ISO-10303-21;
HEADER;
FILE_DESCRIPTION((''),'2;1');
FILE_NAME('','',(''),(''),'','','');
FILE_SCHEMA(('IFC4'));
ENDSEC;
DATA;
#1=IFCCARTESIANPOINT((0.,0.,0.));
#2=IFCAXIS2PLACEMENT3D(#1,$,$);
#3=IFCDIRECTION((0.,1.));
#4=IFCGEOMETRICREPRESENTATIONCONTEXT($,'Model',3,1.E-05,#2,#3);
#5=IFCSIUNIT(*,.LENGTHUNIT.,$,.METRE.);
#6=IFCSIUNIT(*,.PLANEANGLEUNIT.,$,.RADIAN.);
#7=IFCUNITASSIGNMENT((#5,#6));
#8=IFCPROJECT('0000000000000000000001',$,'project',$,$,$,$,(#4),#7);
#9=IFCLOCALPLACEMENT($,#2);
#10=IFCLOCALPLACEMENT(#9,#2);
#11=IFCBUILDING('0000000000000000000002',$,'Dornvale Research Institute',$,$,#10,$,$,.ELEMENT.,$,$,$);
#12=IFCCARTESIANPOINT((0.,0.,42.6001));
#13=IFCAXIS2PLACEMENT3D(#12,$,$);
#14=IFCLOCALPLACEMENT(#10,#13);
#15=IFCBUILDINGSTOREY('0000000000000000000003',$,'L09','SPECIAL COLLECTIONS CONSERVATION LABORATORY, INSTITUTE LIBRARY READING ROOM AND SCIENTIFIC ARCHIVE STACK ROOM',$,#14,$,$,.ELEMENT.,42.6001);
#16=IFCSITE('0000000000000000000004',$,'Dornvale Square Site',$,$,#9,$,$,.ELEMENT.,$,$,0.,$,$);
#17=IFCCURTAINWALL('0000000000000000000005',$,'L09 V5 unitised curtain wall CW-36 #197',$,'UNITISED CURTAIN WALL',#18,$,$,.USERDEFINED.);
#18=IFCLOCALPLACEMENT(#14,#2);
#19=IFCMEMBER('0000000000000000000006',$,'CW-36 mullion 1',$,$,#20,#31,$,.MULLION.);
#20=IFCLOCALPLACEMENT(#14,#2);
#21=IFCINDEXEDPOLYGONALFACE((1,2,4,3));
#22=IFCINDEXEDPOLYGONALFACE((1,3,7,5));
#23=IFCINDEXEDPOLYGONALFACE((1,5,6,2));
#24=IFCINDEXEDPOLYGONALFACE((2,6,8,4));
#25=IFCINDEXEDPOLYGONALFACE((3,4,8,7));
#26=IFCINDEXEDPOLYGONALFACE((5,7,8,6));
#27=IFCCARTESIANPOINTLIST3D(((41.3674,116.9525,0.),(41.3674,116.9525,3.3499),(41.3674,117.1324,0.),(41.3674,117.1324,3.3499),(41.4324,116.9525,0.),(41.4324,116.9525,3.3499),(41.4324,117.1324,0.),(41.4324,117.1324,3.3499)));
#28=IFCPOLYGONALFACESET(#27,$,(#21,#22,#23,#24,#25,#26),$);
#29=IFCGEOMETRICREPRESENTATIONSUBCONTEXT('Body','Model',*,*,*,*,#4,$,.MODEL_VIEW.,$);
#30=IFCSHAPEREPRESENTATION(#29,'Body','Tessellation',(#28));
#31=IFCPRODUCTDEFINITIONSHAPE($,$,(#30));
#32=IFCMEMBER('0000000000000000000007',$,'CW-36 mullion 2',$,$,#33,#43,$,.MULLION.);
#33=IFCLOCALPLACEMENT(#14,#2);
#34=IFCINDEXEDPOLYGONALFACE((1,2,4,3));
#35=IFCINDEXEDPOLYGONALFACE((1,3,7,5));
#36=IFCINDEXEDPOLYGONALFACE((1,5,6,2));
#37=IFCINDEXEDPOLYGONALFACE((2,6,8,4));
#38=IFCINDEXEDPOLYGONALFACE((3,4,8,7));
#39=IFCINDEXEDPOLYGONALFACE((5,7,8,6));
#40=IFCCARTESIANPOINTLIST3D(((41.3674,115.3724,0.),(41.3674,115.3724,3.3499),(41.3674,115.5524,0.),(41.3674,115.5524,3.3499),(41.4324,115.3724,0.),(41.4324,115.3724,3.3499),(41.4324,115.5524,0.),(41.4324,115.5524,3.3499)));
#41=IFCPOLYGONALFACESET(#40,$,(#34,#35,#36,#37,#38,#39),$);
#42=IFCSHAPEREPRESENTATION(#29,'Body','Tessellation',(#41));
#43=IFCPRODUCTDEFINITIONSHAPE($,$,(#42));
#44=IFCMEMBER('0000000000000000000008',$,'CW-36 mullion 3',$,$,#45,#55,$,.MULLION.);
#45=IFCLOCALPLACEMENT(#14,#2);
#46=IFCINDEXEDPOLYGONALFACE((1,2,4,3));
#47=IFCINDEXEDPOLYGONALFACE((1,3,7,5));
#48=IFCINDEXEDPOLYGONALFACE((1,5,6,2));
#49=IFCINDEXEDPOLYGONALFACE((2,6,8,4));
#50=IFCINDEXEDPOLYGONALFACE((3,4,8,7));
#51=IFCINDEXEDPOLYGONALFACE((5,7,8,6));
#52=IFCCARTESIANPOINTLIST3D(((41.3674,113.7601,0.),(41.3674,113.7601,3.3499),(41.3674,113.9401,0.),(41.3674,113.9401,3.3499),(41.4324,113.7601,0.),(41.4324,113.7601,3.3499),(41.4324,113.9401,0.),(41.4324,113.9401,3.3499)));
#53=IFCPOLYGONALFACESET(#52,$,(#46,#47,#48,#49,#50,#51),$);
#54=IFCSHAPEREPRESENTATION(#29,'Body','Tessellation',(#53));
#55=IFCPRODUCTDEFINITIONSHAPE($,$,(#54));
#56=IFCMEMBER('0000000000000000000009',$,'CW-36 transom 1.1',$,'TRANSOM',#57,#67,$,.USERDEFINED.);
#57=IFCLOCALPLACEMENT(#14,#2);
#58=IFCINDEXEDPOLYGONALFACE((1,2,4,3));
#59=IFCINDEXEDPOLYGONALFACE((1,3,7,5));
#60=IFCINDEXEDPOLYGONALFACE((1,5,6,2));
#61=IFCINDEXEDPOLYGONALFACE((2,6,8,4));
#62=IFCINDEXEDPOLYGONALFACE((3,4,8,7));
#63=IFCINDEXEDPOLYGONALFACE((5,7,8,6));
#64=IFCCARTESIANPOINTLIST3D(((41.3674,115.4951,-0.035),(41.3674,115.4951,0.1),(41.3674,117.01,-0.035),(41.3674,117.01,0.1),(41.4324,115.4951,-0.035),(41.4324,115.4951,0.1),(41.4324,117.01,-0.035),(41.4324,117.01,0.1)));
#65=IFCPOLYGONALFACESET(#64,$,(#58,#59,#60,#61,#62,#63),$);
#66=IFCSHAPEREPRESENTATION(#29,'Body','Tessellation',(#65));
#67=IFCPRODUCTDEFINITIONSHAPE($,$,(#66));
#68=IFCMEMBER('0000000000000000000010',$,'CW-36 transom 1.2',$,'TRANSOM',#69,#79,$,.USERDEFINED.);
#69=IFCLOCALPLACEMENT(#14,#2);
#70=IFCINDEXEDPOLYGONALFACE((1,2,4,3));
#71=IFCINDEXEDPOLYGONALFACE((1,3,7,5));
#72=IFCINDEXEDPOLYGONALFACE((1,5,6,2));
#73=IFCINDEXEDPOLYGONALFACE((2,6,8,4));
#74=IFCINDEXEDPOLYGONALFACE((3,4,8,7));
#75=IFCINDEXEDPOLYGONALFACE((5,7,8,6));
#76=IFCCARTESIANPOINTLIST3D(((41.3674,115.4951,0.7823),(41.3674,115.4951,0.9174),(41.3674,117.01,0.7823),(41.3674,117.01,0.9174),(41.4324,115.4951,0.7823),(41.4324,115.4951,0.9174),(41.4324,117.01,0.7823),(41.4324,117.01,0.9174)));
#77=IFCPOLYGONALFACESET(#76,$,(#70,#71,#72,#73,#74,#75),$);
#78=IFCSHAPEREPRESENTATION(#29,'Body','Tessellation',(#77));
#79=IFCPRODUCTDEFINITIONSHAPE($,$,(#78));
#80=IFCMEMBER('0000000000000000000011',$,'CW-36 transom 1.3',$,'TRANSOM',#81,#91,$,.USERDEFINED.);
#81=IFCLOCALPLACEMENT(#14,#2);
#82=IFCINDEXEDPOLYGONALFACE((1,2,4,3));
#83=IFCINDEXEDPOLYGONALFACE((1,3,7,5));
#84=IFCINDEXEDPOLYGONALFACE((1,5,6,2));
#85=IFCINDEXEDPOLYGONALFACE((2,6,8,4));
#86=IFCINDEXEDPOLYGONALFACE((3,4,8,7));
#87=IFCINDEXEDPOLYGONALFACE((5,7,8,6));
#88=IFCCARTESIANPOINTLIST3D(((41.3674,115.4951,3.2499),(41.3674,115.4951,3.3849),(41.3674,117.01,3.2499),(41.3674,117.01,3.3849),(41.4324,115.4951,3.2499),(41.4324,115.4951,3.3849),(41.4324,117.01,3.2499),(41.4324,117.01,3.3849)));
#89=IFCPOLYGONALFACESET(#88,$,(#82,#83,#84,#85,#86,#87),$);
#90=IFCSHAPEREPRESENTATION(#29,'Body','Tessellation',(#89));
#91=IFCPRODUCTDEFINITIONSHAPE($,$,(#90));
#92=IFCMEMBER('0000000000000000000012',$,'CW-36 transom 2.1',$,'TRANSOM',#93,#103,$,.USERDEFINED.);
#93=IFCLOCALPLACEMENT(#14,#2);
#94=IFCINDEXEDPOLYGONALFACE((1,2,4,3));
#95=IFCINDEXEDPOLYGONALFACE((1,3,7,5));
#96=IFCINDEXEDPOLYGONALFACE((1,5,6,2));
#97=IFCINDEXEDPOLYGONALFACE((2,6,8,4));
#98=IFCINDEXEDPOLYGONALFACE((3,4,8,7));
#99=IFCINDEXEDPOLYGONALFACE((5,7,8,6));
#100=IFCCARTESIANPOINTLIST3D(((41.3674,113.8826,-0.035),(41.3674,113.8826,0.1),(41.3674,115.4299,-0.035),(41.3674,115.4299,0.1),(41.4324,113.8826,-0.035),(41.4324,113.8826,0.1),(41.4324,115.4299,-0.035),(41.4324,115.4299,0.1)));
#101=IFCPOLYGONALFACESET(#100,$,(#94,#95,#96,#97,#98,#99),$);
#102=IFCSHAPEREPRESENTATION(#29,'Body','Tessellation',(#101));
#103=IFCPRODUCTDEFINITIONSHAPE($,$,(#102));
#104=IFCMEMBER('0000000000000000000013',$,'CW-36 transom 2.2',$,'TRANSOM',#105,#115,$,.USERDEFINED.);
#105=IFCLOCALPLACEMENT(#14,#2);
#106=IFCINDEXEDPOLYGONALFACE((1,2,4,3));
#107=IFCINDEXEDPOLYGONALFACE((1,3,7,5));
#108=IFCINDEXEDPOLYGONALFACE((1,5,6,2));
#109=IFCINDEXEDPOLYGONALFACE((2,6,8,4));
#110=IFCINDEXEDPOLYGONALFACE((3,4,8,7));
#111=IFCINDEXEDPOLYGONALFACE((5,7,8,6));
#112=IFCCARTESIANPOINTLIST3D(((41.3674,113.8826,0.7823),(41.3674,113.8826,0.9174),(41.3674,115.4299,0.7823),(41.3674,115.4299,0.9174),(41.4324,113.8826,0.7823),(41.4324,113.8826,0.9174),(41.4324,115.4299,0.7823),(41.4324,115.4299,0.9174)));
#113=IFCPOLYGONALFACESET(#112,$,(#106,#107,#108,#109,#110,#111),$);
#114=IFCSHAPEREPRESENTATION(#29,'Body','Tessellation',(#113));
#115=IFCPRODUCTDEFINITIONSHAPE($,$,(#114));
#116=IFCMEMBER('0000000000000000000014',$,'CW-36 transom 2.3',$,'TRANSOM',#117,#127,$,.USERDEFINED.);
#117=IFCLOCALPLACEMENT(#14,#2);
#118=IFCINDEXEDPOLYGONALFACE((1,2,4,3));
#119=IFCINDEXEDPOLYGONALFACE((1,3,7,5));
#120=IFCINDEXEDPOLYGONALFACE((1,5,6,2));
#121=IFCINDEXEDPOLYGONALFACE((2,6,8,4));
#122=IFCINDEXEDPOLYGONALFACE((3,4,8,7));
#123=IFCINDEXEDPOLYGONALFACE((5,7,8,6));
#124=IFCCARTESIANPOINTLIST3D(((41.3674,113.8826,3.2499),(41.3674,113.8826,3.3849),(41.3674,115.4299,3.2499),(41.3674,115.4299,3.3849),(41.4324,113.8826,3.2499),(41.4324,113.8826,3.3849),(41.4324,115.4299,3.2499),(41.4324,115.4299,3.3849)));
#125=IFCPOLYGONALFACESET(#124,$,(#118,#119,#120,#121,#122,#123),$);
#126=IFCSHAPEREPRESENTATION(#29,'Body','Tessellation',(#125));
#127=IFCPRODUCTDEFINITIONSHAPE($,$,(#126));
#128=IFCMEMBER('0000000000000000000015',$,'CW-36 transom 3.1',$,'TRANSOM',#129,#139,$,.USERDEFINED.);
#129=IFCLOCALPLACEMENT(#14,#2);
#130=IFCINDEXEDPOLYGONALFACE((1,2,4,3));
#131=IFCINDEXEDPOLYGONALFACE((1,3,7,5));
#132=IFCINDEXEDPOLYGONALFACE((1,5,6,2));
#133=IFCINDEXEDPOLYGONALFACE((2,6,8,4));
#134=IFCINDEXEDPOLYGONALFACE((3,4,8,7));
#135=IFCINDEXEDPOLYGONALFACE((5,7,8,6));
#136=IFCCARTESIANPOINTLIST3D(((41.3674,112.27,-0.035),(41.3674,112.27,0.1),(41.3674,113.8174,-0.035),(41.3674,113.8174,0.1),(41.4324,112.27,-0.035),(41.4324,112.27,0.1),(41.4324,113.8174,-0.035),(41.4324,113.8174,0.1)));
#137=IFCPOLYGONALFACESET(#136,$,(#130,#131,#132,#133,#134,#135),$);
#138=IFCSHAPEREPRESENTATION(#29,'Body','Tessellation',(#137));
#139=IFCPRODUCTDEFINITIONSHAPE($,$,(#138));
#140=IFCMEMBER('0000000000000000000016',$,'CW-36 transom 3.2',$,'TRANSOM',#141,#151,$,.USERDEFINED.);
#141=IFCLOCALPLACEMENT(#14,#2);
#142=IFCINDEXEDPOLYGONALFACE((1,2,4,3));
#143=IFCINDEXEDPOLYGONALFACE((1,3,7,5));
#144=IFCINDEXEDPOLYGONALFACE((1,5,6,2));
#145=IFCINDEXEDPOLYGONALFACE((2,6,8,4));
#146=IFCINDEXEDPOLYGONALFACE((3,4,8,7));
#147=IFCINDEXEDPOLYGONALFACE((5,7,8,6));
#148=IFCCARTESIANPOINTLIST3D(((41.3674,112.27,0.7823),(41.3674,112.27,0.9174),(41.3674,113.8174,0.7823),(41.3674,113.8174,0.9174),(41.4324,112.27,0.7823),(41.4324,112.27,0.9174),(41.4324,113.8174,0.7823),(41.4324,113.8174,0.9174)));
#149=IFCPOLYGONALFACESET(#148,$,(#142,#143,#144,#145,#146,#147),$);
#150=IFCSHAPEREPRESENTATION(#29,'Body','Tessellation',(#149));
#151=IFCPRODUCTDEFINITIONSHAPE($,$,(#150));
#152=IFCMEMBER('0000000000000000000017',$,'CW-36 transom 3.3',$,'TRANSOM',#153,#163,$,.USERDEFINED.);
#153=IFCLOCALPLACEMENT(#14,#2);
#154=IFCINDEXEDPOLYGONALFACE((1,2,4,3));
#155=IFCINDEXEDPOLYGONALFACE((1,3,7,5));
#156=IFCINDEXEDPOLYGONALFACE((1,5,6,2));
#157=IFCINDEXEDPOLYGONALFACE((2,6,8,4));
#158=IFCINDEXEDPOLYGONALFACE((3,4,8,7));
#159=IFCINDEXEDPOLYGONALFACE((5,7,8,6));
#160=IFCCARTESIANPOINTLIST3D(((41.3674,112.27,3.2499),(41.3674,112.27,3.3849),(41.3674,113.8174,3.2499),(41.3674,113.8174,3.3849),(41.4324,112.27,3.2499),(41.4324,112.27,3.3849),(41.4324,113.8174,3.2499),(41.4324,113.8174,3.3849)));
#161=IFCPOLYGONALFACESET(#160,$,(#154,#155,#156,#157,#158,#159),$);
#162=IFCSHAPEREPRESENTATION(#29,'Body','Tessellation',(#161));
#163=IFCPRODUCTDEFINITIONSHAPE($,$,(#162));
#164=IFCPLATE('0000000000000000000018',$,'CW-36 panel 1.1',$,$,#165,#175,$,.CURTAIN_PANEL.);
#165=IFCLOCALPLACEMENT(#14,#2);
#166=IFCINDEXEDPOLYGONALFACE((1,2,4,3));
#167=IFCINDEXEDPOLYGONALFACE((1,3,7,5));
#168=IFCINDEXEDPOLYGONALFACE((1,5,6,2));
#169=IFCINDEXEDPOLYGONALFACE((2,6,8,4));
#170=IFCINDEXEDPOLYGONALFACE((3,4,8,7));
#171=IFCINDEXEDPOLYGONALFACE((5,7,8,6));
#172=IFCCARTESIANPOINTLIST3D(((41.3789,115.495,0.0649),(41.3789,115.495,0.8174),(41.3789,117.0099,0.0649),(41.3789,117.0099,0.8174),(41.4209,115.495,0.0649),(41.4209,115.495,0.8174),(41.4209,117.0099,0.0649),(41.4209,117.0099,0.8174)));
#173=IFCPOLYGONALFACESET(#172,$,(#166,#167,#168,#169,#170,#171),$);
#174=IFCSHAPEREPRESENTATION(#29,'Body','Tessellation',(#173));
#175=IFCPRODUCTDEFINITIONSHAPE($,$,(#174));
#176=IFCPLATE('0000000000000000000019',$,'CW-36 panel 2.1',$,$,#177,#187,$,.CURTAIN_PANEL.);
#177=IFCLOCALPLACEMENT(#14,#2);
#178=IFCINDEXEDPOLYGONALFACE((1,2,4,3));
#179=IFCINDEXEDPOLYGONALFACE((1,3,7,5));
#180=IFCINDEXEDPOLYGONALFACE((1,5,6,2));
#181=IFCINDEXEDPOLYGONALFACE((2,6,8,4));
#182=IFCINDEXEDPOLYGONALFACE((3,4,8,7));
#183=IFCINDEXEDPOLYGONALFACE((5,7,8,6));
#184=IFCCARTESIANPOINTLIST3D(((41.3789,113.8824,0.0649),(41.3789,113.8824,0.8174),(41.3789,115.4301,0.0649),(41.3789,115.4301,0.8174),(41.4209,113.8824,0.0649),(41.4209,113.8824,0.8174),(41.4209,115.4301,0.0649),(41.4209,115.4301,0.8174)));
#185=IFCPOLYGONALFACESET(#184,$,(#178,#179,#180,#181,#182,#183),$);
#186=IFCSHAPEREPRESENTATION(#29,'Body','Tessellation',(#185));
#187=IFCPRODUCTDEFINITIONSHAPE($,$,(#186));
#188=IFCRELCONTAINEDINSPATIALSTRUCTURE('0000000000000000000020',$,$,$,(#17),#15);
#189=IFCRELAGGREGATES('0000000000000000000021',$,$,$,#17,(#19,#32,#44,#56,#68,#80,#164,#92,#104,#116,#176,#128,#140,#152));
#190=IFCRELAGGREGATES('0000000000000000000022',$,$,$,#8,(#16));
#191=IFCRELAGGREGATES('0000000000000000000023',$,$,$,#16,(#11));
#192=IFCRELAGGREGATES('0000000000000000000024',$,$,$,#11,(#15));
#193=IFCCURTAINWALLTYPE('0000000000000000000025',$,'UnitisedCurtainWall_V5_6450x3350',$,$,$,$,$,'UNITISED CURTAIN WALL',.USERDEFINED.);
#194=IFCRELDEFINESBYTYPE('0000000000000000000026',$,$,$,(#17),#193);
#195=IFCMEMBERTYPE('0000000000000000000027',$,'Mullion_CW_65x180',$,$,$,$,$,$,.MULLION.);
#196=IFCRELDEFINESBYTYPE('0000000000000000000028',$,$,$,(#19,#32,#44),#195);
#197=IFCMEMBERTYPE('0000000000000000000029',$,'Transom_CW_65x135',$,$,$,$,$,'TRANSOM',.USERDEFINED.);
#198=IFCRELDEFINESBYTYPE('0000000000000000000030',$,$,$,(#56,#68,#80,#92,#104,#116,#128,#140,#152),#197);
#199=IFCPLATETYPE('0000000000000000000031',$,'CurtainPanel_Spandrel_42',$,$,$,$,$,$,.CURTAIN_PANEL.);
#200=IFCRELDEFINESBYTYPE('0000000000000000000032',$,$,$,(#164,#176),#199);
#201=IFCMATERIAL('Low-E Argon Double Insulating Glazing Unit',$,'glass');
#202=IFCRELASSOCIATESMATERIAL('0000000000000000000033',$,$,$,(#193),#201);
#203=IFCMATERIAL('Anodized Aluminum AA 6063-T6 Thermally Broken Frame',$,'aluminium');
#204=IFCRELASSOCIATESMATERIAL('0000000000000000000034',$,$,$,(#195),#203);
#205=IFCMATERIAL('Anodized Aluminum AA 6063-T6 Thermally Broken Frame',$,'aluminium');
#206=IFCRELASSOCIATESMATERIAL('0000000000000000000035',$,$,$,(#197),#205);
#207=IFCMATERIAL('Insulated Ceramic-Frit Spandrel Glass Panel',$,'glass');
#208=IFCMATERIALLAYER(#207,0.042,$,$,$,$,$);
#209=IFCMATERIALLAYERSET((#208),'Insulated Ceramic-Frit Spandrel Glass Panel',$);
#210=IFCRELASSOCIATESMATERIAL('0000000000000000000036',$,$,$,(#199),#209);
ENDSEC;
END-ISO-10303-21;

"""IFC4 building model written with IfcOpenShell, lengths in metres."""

from ifc_helpers import new_model, si_unit, direction, frame, origin, origin_2d, place, context, subcontext, project, spatial, rectangle, extrude, material, layer, layer_set, material_profile, profile_set, type_object, element, aggregate, save


model = new_model("IFC4")

# Units and contexts
model_context = context("Model", 3, precision=1e-05, world=origin(), true_north=direction((0.0, 1.0)))
body_context = subcontext(model_context, "Body", "Model", "MODEL_VIEW")
ifc_project = project(units=[si_unit("LENGTHUNIT", "METRE"), si_unit("PLANEANGLEUNIT", "RADIAN")], contexts=[model_context])

# Site, building, storey
site_placement = place(None, origin())
site = spatial("IfcSite", under=ifc_project, at=site_placement, Name="Dornvale Square Site", CompositionType="ELEMENT", RefElevation=0.0)
building_placement = place(site_placement, origin())
building = spatial("IfcBuilding", under=site, at=building_placement, Name="Dornvale Research Institute", CompositionType="ELEMENT")
storey_placement = place(building_placement, frame((0.0, 0.0, 42.6001)))
storey = spatial("IfcBuildingStorey", under=building, at=storey_placement, Name="L09", Description="SPECIAL COLLECTIONS CONSERVATION LABORATORY, INSTITUTE LIBRARY READING ROOM AND SCIENTIFIC ARCHIVE STACK ROOM", CompositionType="ELEMENT", Elevation=42.6001)

# Curtain wall, members, plates
ifc_material_1 = material(Name="Low-E Argon Double Insulating Glazing Unit", Category="glass")
curtain_wall_type = type_object("IfcCurtainWallType", Name="UnitisedCurtainWall_V5_6450x3350", ElementType="UNITISED CURTAIN WALL", PredefinedType="USERDEFINED", material=ifc_material_1)
curtain_wall_placement = place(storey_placement, origin())
curtain_wall = element("IfcCurtainWall", 1, at=curtain_wall_placement, inside=storey, type_object=curtain_wall_type, Name="L09 V5 unitised curtain wall CW-36 #197", ObjectType="UNITISED CURTAIN WALL", PredefinedType="USERDEFINED")
ifc_material_2 = material(Name="Anodized Aluminum AA 6063-T6 Thermally Broken Frame", Category="aluminium")
ifc_material_profile_1 = material_profile(ifc_material_2, rectangle(XDim=0.0649, YDim=0.1799, at=origin_2d()), Name="ALU MULLION 65x180")
ifc_profile_set_1 = profile_set([ifc_material_profile_1], Name="Anodized Aluminum AA 6063-T6 Thermally Broken Frame")
member_type_1 = type_object("IfcMemberType", Name="Mullion_CW_65x180", PredefinedType="MULLION", material=ifc_profile_set_1)
member_1_placement = place(storey_placement, frame((41.3999, 117.0425, 0.0), z_axis=(0.0, 0.0, 1.0), x_axis=(1.0, 0.0, 0.0)))
member_1 = element("IfcMember", 2, at=member_1_placement, type_object=member_type_1, Name="CW-36 mullion 1", PredefinedType="MULLION", context=body_context, shape_type="SweptSolid", body=[
    extrude(rectangle(XDim=0.0649, YDim=0.1799, at=origin_2d()), origin(), (0.0, 0.0, 1.0), 3.3499),
])
member_2_placement = place(storey_placement, frame((41.3999, 115.4624, 0.0), z_axis=(0.0, 0.0, 1.0), x_axis=(1.0, 0.0, 0.0)))
member_2 = element("IfcMember", 3, at=member_2_placement, type_object=member_type_1, Name="CW-36 mullion 2", PredefinedType="MULLION", context=body_context, shape_type="SweptSolid", body=[
    extrude(rectangle(XDim=0.0649, YDim=0.1799, at=origin_2d()), origin(), (0.0, 0.0, 1.0), 3.3499),
])
member_3_placement = place(storey_placement, frame((41.3999, 113.8501, 0.0), z_axis=(0.0, 0.0, 1.0), x_axis=(1.0, 0.0, 0.0)))
member_3 = element("IfcMember", 4, at=member_3_placement, type_object=member_type_1, Name="CW-36 mullion 3", PredefinedType="MULLION", context=body_context, shape_type="SweptSolid", body=[
    extrude(rectangle(XDim=0.0649, YDim=0.1799, at=origin_2d()), origin(), (0.0, 0.0, 1.0), 3.3499),
])
ifc_material_3 = material(Name="Anodized Aluminum AA 6063-T6 Thermally Broken Frame", Category="aluminium")
ifc_material_profile_2 = material_profile(ifc_material_3, rectangle(XDim=0.0649, YDim=0.135, at=origin_2d()), Name="ALU TRANSOM 65x135")
ifc_profile_set_2 = profile_set([ifc_material_profile_2], Name="Anodized Aluminum AA 6063-T6 Thermally Broken Frame")
member_type_2 = type_object("IfcMemberType", Name="Transom_CW_65x135", ElementType="TRANSOM", PredefinedType="USERDEFINED", material=ifc_profile_set_2)
member_4_placement = place(storey_placement, frame((41.3999, 117.01, 0.0325), z_axis=(0.0, -1.0, 0.0), x_axis=(1.0, 0.0, 0.0)))
member_4 = element("IfcMember", 5, at=member_4_placement, type_object=member_type_2, Name="CW-36 transom 1.1", ObjectType="TRANSOM", PredefinedType="USERDEFINED", context=body_context, shape_type="SweptSolid", body=[
    extrude(rectangle(XDim=0.0649, YDim=0.135, at=origin_2d()), origin(), (0.0, 0.0, 1.0), 1.5149),
])
member_5_placement = place(storey_placement, frame((41.3999, 117.01, 0.8499), z_axis=(0.0, -1.0, 0.0), x_axis=(1.0, 0.0, 0.0)))
member_5 = element("IfcMember", 6, at=member_5_placement, type_object=member_type_2, Name="CW-36 transom 1.2", ObjectType="TRANSOM", PredefinedType="USERDEFINED", context=body_context, shape_type="SweptSolid", body=[
    extrude(rectangle(XDim=0.0649, YDim=0.135, at=origin_2d()), origin(), (0.0, 0.0, 1.0), 1.5149),
])
member_6_placement = place(storey_placement, frame((41.3999, 117.01, 3.3174), z_axis=(0.0, -1.0, 0.0), x_axis=(1.0, 0.0, 0.0)))
member_6 = element("IfcMember", 7, at=member_6_placement, type_object=member_type_2, Name="CW-36 transom 1.3", ObjectType="TRANSOM", PredefinedType="USERDEFINED", context=body_context, shape_type="SweptSolid", body=[
    extrude(rectangle(XDim=0.0649, YDim=0.135, at=origin_2d()), origin(), (0.0, 0.0, 1.0), 1.5149),
])
member_7_placement = place(storey_placement, frame((41.3999, 115.4299, 0.0325), z_axis=(0.0, -1.0, 0.0), x_axis=(1.0, 0.0, 0.0)))
member_7 = element("IfcMember", 8, at=member_7_placement, type_object=member_type_2, Name="CW-36 transom 2.1", ObjectType="TRANSOM", PredefinedType="USERDEFINED", context=body_context, shape_type="SweptSolid", body=[
    extrude(rectangle(XDim=0.0649, YDim=0.135, at=origin_2d()), origin(), (0.0, 0.0, 1.0), 1.5474),
])
member_8_placement = place(storey_placement, frame((41.3999, 115.4299, 0.8499), z_axis=(0.0, -1.0, 0.0), x_axis=(1.0, 0.0, 0.0)))
member_8 = element("IfcMember", 9, at=member_8_placement, type_object=member_type_2, Name="CW-36 transom 2.2", ObjectType="TRANSOM", PredefinedType="USERDEFINED", context=body_context, shape_type="SweptSolid", body=[
    extrude(rectangle(XDim=0.0649, YDim=0.135, at=origin_2d()), origin(), (0.0, 0.0, 1.0), 1.5474),
])
member_9_placement = place(storey_placement, frame((41.3999, 115.4299, 3.3174), z_axis=(0.0, -1.0, 0.0), x_axis=(1.0, 0.0, 0.0)))
member_9 = element("IfcMember", 10, at=member_9_placement, type_object=member_type_2, Name="CW-36 transom 2.3", ObjectType="TRANSOM", PredefinedType="USERDEFINED", context=body_context, shape_type="SweptSolid", body=[
    extrude(rectangle(XDim=0.0649, YDim=0.135, at=origin_2d()), origin(), (0.0, 0.0, 1.0), 1.5474),
])
member_10_placement = place(storey_placement, frame((41.3999, 113.8174, 0.0325), z_axis=(0.0, -1.0, 0.0), x_axis=(1.0, 0.0, 0.0)))
member_10 = element("IfcMember", 11, at=member_10_placement, type_object=member_type_2, Name="CW-36 transom 3.1", ObjectType="TRANSOM", PredefinedType="USERDEFINED", context=body_context, shape_type="SweptSolid", body=[
    extrude(rectangle(XDim=0.0649, YDim=0.135, at=origin_2d()), origin(), (0.0, 0.0, 1.0), 1.5474),
])
member_11_placement = place(storey_placement, frame((41.3999, 113.8174, 0.8499), z_axis=(0.0, -1.0, 0.0), x_axis=(1.0, 0.0, 0.0)))
member_11 = element("IfcMember", 12, at=member_11_placement, type_object=member_type_2, Name="CW-36 transom 3.2", ObjectType="TRANSOM", PredefinedType="USERDEFINED", context=body_context, shape_type="SweptSolid", body=[
    extrude(rectangle(XDim=0.0649, YDim=0.135, at=origin_2d()), origin(), (0.0, 0.0, 1.0), 1.5474),
])
member_12_placement = place(storey_placement, frame((41.3999, 113.8174, 3.3174), z_axis=(0.0, -1.0, 0.0), x_axis=(1.0, 0.0, 0.0)))
member_12 = element("IfcMember", 13, at=member_12_placement, type_object=member_type_2, Name="CW-36 transom 3.3", ObjectType="TRANSOM", PredefinedType="USERDEFINED", context=body_context, shape_type="SweptSolid", body=[
    extrude(rectangle(XDim=0.0649, YDim=0.135, at=origin_2d()), origin(), (0.0, 0.0, 1.0), 1.5474),
])
ifc_material_4 = material(Name="Insulated Ceramic-Frit Spandrel Glass Panel", Category="glass")
ifc_layer_1 = layer(ifc_material_4, 0.042)
ifc_layer_set_1 = layer_set([ifc_layer_1], Name="Insulated Ceramic-Frit Spandrel Glass Panel")
plate_type_1 = type_object("IfcPlateType", Name="CurtainPanel_Spandrel_42", PredefinedType="CURTAIN_PANEL", material=ifc_layer_set_1)
plate_1_placement = place(storey_placement, frame((41.3999, 116.2524, 0.0649), z_axis=(0.0, 0.0, 1.0), x_axis=(0.0, -1.0, 0.0)))
plate_1 = element("IfcPlate", 14, at=plate_1_placement, type_object=plate_type_1, Name="CW-36 panel 1.1", PredefinedType="CURTAIN_PANEL", context=body_context, shape_type="SweptSolid", body=[
    extrude(rectangle(XDim=1.5149, YDim=0.042, at=origin_2d()), origin(), (0.0, 0.0, 1.0), 0.7524),
])
plate_2_placement = place(storey_placement, frame((41.3999, 114.6562, 0.0649), z_axis=(0.0, 0.0, 1.0), x_axis=(0.0, -1.0, 0.0)))
plate_2 = element("IfcPlate", 15, at=plate_2_placement, type_object=plate_type_1, Name="CW-36 panel 2.1", PredefinedType="CURTAIN_PANEL", context=body_context, shape_type="SweptSolid", body=[
    extrude(rectangle(XDim=1.5476, YDim=0.042, at=origin_2d()), origin(), (0.0, 0.0, 1.0), 0.7524),
])
aggregate(curtain_wall, [member_1, member_2, member_3, member_4, member_5, member_6, plate_1, member_7, member_8, member_9, plate_2, member_10, member_11, member_12])

save(model, "model.ifc")
